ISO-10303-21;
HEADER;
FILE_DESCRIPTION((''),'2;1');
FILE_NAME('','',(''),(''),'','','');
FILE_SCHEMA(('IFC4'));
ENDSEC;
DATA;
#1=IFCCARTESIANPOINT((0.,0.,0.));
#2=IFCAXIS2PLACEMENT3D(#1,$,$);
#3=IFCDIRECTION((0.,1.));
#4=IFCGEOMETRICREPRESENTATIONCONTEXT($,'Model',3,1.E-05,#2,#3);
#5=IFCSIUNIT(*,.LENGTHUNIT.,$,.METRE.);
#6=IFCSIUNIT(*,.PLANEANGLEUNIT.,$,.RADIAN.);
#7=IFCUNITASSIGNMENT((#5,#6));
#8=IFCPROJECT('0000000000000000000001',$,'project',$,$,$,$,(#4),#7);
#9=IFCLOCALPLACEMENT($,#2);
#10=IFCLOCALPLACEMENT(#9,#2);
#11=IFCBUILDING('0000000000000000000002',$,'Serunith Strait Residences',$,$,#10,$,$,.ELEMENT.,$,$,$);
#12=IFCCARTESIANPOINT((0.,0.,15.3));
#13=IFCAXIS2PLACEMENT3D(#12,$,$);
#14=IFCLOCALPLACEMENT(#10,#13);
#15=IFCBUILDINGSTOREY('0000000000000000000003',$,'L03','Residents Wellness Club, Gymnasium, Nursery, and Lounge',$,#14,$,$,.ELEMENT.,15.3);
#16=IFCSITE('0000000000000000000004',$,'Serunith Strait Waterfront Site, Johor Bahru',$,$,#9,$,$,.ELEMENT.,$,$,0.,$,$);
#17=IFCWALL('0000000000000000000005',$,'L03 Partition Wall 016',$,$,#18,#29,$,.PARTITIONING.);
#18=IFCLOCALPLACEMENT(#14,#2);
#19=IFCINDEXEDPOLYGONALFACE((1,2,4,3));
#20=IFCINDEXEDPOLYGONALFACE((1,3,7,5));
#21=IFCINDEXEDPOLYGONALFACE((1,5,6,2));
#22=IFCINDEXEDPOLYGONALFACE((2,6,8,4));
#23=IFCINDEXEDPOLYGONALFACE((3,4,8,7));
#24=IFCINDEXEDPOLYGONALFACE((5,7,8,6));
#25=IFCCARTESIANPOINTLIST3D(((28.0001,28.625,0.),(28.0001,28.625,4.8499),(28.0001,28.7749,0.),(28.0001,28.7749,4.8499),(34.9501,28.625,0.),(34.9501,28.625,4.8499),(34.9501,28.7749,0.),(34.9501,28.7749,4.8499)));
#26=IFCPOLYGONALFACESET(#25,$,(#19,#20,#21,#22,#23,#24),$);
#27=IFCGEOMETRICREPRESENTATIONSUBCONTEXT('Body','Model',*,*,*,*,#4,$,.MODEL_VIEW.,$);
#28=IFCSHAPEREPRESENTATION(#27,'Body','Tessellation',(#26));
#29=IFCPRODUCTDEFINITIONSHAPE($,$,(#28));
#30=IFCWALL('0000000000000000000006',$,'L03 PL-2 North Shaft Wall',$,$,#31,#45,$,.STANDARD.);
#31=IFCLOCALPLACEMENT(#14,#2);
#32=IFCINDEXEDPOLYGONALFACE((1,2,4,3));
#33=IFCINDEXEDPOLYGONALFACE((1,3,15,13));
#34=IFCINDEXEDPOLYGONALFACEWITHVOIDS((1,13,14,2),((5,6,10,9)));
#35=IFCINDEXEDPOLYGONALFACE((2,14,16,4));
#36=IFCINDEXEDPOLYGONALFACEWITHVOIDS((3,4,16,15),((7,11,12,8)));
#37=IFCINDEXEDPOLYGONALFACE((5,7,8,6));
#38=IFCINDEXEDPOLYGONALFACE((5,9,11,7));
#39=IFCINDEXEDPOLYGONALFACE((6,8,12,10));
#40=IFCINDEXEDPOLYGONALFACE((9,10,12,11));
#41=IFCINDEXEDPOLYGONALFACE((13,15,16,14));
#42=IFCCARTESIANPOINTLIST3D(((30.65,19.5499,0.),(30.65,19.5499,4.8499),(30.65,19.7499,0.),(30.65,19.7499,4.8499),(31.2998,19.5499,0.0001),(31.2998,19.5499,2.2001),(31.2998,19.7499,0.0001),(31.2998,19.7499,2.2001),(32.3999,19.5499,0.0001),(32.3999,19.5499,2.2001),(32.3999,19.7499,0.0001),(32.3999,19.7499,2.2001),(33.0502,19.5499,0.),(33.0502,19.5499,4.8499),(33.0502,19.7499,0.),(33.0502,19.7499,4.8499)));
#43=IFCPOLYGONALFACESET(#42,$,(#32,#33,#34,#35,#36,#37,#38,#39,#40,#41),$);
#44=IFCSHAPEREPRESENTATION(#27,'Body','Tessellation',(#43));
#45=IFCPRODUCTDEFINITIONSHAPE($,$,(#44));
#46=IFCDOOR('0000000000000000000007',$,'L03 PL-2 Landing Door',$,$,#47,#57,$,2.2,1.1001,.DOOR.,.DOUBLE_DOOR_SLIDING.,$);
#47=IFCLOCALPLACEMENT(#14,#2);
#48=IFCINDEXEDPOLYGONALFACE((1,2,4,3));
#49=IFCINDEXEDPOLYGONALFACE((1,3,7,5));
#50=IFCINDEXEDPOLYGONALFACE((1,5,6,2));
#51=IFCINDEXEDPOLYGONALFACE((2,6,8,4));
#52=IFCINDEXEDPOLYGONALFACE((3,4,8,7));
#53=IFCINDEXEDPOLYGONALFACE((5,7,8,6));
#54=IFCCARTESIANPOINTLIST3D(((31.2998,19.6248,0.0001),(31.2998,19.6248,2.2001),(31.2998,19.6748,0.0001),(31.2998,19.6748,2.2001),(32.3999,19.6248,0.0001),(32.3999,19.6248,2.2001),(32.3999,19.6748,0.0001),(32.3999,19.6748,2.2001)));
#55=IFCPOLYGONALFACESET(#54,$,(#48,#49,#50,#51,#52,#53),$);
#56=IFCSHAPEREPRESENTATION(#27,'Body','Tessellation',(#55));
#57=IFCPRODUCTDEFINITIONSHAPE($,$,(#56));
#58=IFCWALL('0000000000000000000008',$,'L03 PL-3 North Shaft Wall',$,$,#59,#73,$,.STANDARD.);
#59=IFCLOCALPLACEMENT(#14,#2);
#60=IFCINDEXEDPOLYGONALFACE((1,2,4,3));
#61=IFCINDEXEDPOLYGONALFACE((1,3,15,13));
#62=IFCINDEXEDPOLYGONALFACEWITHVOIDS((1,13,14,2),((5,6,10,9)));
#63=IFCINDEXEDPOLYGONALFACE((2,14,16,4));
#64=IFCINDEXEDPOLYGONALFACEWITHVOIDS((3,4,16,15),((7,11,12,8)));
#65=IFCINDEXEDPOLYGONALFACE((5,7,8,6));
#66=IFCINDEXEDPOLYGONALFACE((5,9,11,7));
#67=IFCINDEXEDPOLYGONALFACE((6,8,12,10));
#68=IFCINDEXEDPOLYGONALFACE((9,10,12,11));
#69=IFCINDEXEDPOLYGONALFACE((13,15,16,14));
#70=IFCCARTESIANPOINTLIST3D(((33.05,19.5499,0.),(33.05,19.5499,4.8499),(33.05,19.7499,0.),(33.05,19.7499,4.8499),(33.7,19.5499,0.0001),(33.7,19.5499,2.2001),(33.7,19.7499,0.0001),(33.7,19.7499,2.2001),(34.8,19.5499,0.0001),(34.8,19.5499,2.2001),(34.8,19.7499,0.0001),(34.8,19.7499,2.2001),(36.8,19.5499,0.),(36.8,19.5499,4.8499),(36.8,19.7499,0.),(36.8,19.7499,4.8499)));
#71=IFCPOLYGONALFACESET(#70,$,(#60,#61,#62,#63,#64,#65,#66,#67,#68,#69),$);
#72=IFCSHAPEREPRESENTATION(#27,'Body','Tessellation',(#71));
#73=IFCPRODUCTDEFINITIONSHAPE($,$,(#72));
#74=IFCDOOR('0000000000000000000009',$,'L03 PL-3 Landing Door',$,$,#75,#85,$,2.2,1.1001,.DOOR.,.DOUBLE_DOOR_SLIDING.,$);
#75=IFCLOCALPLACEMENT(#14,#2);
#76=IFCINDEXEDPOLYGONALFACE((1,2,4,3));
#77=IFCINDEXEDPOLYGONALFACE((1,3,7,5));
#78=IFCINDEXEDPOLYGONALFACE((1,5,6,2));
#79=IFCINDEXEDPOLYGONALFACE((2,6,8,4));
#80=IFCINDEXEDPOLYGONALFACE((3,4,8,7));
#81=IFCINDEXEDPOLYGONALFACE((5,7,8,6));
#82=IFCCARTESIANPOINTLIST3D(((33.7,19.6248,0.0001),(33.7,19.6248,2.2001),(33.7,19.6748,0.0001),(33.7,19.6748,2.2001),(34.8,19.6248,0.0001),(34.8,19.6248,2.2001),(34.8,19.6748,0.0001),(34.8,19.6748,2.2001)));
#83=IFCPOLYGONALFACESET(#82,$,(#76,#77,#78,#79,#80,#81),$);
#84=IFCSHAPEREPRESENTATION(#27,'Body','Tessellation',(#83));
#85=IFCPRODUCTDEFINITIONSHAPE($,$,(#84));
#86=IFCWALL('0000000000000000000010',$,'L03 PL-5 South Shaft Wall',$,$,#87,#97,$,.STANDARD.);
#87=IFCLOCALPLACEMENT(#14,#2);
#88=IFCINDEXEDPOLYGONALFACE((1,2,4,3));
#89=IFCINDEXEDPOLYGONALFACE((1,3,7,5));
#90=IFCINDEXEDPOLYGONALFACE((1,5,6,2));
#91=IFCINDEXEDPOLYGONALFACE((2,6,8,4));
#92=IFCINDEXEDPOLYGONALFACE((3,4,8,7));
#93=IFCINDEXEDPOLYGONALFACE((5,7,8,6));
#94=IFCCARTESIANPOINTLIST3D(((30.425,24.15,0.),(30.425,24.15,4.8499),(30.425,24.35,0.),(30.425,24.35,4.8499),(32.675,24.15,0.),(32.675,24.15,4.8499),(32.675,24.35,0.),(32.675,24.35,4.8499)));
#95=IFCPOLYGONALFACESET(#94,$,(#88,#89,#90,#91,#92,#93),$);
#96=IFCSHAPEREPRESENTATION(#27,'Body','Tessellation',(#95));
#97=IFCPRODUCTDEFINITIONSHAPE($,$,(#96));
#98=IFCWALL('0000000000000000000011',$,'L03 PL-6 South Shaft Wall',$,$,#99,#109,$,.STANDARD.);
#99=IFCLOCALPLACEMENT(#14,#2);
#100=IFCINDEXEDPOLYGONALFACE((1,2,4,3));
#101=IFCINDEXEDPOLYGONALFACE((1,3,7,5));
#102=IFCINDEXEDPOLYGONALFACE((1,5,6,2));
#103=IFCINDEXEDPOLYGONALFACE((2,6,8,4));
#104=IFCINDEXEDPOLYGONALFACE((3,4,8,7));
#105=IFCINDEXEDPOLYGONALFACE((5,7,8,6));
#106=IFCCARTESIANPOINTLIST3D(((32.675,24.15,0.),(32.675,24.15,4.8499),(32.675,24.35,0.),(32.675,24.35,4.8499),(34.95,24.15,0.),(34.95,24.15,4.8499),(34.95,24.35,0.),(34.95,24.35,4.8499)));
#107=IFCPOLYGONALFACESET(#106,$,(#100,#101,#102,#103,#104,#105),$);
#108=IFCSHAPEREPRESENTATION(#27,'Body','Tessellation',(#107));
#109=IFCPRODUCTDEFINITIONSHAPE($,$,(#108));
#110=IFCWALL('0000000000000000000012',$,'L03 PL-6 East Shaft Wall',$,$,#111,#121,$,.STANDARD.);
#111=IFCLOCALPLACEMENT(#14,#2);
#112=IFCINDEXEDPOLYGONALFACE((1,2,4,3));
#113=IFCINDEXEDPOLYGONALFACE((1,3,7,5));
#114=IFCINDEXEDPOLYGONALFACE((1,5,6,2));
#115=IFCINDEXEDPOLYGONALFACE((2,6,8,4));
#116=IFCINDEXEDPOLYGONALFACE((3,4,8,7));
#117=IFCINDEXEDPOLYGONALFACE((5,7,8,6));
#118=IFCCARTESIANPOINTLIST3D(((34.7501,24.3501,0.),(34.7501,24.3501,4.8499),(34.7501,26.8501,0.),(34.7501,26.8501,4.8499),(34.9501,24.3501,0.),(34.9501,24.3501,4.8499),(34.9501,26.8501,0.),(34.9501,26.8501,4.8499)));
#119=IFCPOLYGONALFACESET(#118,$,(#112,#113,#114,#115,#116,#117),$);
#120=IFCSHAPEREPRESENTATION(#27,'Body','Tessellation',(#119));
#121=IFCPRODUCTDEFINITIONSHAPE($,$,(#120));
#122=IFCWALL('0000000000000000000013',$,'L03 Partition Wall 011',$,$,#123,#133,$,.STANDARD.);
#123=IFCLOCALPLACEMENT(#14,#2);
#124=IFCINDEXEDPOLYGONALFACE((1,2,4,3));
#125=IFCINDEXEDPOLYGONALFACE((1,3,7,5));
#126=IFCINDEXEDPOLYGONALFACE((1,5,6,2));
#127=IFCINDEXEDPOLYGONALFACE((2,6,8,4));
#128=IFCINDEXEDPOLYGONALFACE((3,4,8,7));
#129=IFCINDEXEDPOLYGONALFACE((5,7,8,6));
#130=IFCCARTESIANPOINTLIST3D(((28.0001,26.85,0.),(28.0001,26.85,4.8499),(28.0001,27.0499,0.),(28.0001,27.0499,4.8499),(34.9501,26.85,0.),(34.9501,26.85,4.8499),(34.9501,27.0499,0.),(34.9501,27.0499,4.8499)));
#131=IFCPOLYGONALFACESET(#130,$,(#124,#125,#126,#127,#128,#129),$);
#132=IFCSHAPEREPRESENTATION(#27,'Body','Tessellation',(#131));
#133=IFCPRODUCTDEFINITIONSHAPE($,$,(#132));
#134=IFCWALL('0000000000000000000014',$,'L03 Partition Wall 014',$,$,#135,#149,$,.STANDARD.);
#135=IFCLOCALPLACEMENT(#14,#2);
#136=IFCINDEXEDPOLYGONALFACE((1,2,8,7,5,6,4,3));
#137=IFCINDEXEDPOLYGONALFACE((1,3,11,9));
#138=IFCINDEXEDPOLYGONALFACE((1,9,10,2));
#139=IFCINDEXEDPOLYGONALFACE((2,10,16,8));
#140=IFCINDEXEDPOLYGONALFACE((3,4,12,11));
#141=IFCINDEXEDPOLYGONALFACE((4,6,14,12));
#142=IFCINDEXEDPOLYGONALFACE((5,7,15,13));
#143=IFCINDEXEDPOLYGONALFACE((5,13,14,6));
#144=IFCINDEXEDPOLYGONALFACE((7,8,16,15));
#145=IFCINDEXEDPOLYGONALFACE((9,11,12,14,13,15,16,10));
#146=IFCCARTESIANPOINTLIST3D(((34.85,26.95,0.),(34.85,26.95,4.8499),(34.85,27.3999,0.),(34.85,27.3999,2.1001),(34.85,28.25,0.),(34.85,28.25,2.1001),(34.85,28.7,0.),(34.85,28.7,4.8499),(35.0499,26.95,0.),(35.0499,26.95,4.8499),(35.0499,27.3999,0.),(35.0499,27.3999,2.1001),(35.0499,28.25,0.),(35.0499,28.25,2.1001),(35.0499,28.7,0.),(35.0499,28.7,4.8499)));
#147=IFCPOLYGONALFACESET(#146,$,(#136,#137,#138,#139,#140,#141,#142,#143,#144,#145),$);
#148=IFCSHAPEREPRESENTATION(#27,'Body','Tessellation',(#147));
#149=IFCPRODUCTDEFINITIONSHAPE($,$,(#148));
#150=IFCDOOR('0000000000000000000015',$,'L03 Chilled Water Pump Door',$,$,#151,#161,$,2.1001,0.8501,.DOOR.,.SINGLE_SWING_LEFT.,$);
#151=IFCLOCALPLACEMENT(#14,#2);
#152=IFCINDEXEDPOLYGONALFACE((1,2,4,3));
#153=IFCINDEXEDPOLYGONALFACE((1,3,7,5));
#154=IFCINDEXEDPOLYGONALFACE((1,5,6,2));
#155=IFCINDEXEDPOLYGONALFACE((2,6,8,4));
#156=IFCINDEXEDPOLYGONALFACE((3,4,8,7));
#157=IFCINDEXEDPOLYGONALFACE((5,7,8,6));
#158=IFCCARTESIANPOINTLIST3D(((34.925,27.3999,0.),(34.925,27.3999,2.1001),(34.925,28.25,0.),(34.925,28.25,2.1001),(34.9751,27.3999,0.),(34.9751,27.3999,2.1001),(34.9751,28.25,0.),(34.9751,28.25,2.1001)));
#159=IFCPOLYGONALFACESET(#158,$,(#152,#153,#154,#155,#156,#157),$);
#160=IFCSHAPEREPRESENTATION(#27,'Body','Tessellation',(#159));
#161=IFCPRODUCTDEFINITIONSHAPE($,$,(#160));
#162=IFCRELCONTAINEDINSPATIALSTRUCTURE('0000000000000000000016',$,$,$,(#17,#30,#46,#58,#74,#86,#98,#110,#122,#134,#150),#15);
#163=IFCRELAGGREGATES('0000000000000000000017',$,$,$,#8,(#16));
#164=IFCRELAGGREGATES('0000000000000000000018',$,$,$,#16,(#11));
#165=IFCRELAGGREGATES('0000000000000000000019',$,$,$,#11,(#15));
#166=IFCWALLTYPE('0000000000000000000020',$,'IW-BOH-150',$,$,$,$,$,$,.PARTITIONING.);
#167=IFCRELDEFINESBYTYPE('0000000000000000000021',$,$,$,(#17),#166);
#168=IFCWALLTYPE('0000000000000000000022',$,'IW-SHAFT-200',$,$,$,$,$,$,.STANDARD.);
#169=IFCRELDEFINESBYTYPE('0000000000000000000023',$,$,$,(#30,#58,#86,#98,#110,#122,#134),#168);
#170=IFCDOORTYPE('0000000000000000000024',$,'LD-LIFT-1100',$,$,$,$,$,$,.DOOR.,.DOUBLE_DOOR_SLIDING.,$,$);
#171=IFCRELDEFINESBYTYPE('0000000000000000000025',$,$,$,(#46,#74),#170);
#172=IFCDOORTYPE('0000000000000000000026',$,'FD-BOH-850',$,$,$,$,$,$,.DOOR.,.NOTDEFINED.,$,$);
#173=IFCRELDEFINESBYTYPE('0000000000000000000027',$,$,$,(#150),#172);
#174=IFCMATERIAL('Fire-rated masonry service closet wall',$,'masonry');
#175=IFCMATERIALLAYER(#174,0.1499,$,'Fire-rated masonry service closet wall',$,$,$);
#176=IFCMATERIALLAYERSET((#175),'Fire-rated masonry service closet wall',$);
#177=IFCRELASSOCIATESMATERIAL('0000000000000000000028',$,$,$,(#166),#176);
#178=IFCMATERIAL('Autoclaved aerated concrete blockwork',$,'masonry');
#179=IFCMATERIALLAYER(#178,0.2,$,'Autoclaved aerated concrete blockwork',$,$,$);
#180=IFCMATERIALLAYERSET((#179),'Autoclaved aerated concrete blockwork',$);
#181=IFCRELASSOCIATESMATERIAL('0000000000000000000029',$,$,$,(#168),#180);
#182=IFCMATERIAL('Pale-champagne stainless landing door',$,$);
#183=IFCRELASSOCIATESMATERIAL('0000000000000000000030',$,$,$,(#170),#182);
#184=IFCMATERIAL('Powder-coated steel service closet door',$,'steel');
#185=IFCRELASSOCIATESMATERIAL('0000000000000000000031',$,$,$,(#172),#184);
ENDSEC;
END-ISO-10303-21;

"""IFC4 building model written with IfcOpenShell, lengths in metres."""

from ifc_helpers import new_model, si_unit, direction, frame, frame_2d, origin, place, context, subcontext, project, spatial, rectangle, extrude, source, transform, mapped, material, layer, layer_set, type_object, element, fill, save


model = new_model("IFC4")

# Units and contexts
model_context = context("Model", 3, precision=1e-05, world=origin(), true_north=direction((0.0, 1.0)))
body_context = subcontext(model_context, "Body", "Model", "MODEL_VIEW")
ifc_project = project(units=[si_unit("LENGTHUNIT", "METRE"), si_unit("PLANEANGLEUNIT", "RADIAN")], contexts=[model_context])

# Site, building, storey
site_placement = place(None, origin())
site = spatial("IfcSite", under=ifc_project, at=site_placement, Name="Serunith Strait Waterfront Site, Johor Bahru", CompositionType="ELEMENT", RefElevation=0.0)
building_placement = place(site_placement, origin())
building = spatial("IfcBuilding", under=site, at=building_placement, Name="Serunith Strait Residences", CompositionType="ELEMENT")
storey_placement = place(building_placement, frame((0.0, 0.0, 15.3)))
storey = spatial("IfcBuildingStorey", under=building, at=storey_placement, Name="L03", Description="Residents Wellness Club, Gymnasium, Nursery, and Lounge", CompositionType="ELEMENT", Elevation=15.3)

# Wall
ifc_material_1 = material(Name="Fire-rated masonry service closet wall", Category="masonry")
ifc_layer_1 = layer(ifc_material_1, 0.1499, Name="Fire-rated masonry service closet wall")
ifc_layer_set_1 = layer_set([ifc_layer_1], Name="Fire-rated masonry service closet wall")
wall_type_1 = type_object("IfcWallType", Name="IW-BOH-150", PredefinedType="PARTITIONING", material=ifc_layer_set_1)
wall_1_placement = place(storey_placement, frame((28.0, 28.7, 0.0), z_axis=(0.0, 0.0, 1.0), x_axis=(1.0, 0.0, 0.0)))
element("IfcWall", 1, at=wall_1_placement, inside=storey, type_object=wall_type_1, Name="L03 Partition Wall 016", PredefinedType="PARTITIONING", context=body_context, shape_type="SweptSolid", body=[
    extrude(rectangle(XDim=6.95, YDim=0.1499, at=frame_2d((3.4751, 0.0))), origin(), (0.0, 0.0, 1.0), 4.8499),
])

# Walls, openings, doors
ifc_material_2 = material(Name="Autoclaved aerated concrete blockwork", Category="masonry")
ifc_layer_2 = layer(ifc_material_2, 0.2, Name="Autoclaved aerated concrete blockwork")
ifc_layer_set_2 = layer_set([ifc_layer_2], Name="Autoclaved aerated concrete blockwork")
wall_type_2 = type_object("IfcWallType", Name="IW-SHAFT-200", PredefinedType="STANDARD", material=ifc_layer_set_2)
wall_2_placement = place(storey_placement, frame((30.6499, 19.6499, 0.0), z_axis=(0.0, 0.0, 1.0), x_axis=(1.0, 0.0, 0.0)))
wall_2 = element("IfcWall", 2, at=wall_2_placement, inside=storey, type_object=wall_type_2, Name="L03 PL-2 North Shaft Wall", PredefinedType="STANDARD", context=body_context, shape_type="SweptSolid", body=[
    extrude(rectangle(XDim=2.4001, YDim=0.2, at=frame_2d((1.2002, 0.0))), origin(), (0.0, 0.0, 1.0), 4.8499),
])
opening_1_placement = place(wall_2_placement, frame((0.6499, 0.0, 0.0)))
opening_1 = element("IfcOpeningElement", 3, at=opening_1_placement, cuts=wall_2, PredefinedType="OPENING", context=body_context, shape_type="SweptSolid", body=[
    extrude(rectangle(XDim=1.1001, YDim=2.2, at=frame_2d((0.55, 1.1001))), frame((0.0, 0.1099, 0.0), z_axis=(0.0, -1.0, 0.0), x_axis=(1.0, 0.0, 0.0)), (0.0, 0.0, 1.0), 0.22),
])
ifc_material_3 = material(Name="Pale-champagne stainless landing door")
door_type_1 = type_object("IfcDoorType", Name="LD-LIFT-1100", OperationType="DOUBLE_DOOR_SLIDING", PredefinedType="DOOR", material=ifc_material_3)
shared_shape_1 = source(origin(), body_context, "Body", "SweptSolid", [
    extrude(rectangle(XDim=1.1001, YDim=2.2, at=frame_2d((0.55, 1.1001))), frame((0.0, 0.0249, 0.0), z_axis=(0.0, -1.0, 0.0), x_axis=(1.0, 0.0, 0.0)), (0.0, 0.0, 1.0), 0.05),
])
door_1_placement = place(opening_1_placement, origin())
door_1 = element("IfcDoor", 4, at=door_1_placement, inside=storey, type_object=door_type_1, Name="L03 PL-2 Landing Door", OperationType="DOUBLE_DOOR_SLIDING", OverallHeight=2.2, OverallWidth=1.1001, PredefinedType="DOOR", context=body_context, shape_type="MappedRepresentation", body=[
    mapped(shared_shape_1, transform((0.0, 0.0, 0.0), scale=1.0)),
])
fill(opening_1, door_1)
wall_3_placement = place(storey_placement, frame((33.05, 19.6499, 0.0), z_axis=(0.0, 0.0, 1.0), x_axis=(1.0, 0.0, 0.0)))
wall_3 = element("IfcWall", 5, at=wall_3_placement, inside=storey, type_object=wall_type_2, Name="L03 PL-3 North Shaft Wall", PredefinedType="STANDARD", context=body_context, shape_type="SweptSolid", body=[
    extrude(rectangle(XDim=3.75, YDim=0.2, at=frame_2d((1.875, 0.0))), origin(), (0.0, 0.0, 1.0), 4.8499),
])
opening_2_placement = place(wall_3_placement, frame((0.6499, 0.0, 0.0)))
opening_2 = element("IfcOpeningElement", 6, at=opening_2_placement, cuts=wall_3, PredefinedType="OPENING", context=body_context, shape_type="SweptSolid", body=[
    extrude(rectangle(XDim=1.1001, YDim=2.2, at=frame_2d((0.55, 1.1001))), frame((0.0, 0.1099, 0.0), z_axis=(0.0, -1.0, 0.0), x_axis=(1.0, 0.0, 0.0)), (0.0, 0.0, 1.0), 0.22),
])
door_2_placement = place(opening_2_placement, origin())
door_2 = element("IfcDoor", 7, at=door_2_placement, inside=storey, type_object=door_type_1, Name="L03 PL-3 Landing Door", OperationType="DOUBLE_DOOR_SLIDING", OverallHeight=2.2, OverallWidth=1.1001, PredefinedType="DOOR", context=body_context, shape_type="MappedRepresentation", body=[
    mapped(shared_shape_1, transform((0.0, 0.0, 0.0), scale=1.0)),
])
fill(opening_2, door_2)

# Walls
wall_4_placement = place(storey_placement, frame((30.425, 24.25, 0.0), z_axis=(0.0, 0.0, 1.0), x_axis=(1.0, 0.0, 0.0)))
element("IfcWall", 8, at=wall_4_placement, inside=storey, type_object=wall_type_2, Name="L03 PL-5 South Shaft Wall", PredefinedType="STANDARD", context=body_context, shape_type="SweptSolid", body=[
    extrude(rectangle(XDim=2.25, YDim=0.2, at=frame_2d((1.125, 0.0))), origin(), (0.0, 0.0, 1.0), 4.8499),
])
wall_5_placement = place(storey_placement, frame((32.675, 24.25, 0.0), z_axis=(0.0, 0.0, 1.0), x_axis=(1.0, 0.0, 0.0)))
element("IfcWall", 9, at=wall_5_placement, inside=storey, type_object=wall_type_2, Name="L03 PL-6 South Shaft Wall", PredefinedType="STANDARD", context=body_context, shape_type="SweptSolid", body=[
    extrude(rectangle(XDim=2.2749, YDim=0.2, at=frame_2d((1.1375, 0.0))), origin(), (0.0, 0.0, 1.0), 4.8499),
])
wall_6_placement = place(storey_placement, frame((34.8501, 24.3501, 0.0), z_axis=(0.0, 0.0, 1.0), x_axis=(0.0, 1.0, 0.0)))
element("IfcWall", 10, at=wall_6_placement, inside=storey, type_object=wall_type_2, Name="L03 PL-6 East Shaft Wall", PredefinedType="STANDARD", context=body_context, shape_type="SweptSolid", body=[
    extrude(rectangle(XDim=2.5, YDim=0.2, at=frame_2d((1.25, 0.0))), origin(), (0.0, 0.0, 1.0), 4.8499),
])

# Wall
wall_7_placement = place(storey_placement, frame((28.0, 26.95, 0.0), z_axis=(0.0, 0.0, 1.0), x_axis=(1.0, 0.0, 0.0)))
element("IfcWall", 11, at=wall_7_placement, inside=storey, type_object=wall_type_2, Name="L03 Partition Wall 011", PredefinedType="STANDARD", context=body_context, shape_type="SweptSolid", body=[
    extrude(rectangle(XDim=6.95, YDim=0.2, at=frame_2d((3.4751, 0.0))), origin(), (0.0, 0.0, 1.0), 4.8499),
])

# Wall, opening, door
wall_8_placement = place(storey_placement, frame((34.95, 26.95, 0.0), z_axis=(0.0, 0.0, 1.0), x_axis=(0.0, 1.0, 0.0)))
wall_8 = element("IfcWall", 12, at=wall_8_placement, inside=storey, type_object=wall_type_2, Name="L03 Partition Wall 014", PredefinedType="STANDARD", context=body_context, shape_type="SweptSolid", body=[
    extrude(rectangle(XDim=1.75, YDim=0.2, at=frame_2d((0.875, 0.0))), origin(), (0.0, 0.0, 1.0), 4.8499),
])
opening_3_placement = place(wall_8_placement, frame((0.45, 0.0, 0.0)))
opening_3 = element("IfcOpeningElement", 13, at=opening_3_placement, cuts=wall_8, PredefinedType="OPENING", context=body_context, shape_type="SweptSolid", body=[
    extrude(rectangle(XDim=0.8501, YDim=2.1001, at=frame_2d((0.425, 1.05))), frame((0.0, 0.1099, 0.0), z_axis=(0.0, -1.0, 0.0), x_axis=(1.0, 0.0, 0.0)), (0.0, 0.0, 1.0), 0.22),
])
ifc_material_4 = material(Name="Powder-coated steel service closet door", Category="steel")
door_type_2 = type_object("IfcDoorType", Name="FD-BOH-850", OperationType="NOTDEFINED", PredefinedType="DOOR", material=ifc_material_4)
shared_shape_2 = source(origin(), body_context, "Body", "SweptSolid", [
    extrude(rectangle(XDim=0.8501, YDim=2.1001, at=frame_2d((0.425, 1.05))), frame((0.0, 0.0249, 0.0), z_axis=(0.0, -1.0, 0.0), x_axis=(1.0, 0.0, 0.0)), (0.0, 0.0, 1.0), 0.05),
])
door_3_placement = place(opening_3_placement, origin())
door_3 = element("IfcDoor", 14, at=door_3_placement, inside=storey, type_object=door_type_2, Name="L03 Chilled Water Pump Door", OperationType="SINGLE_SWING_LEFT", OverallHeight=2.1001, OverallWidth=0.8501, PredefinedType="DOOR", context=body_context, shape_type="MappedRepresentation", body=[
    mapped(shared_shape_2, transform((0.0, 0.0, 0.0), scale=1.0)),
])
fill(opening_3, door_3)

save(model, "model.ifc")
